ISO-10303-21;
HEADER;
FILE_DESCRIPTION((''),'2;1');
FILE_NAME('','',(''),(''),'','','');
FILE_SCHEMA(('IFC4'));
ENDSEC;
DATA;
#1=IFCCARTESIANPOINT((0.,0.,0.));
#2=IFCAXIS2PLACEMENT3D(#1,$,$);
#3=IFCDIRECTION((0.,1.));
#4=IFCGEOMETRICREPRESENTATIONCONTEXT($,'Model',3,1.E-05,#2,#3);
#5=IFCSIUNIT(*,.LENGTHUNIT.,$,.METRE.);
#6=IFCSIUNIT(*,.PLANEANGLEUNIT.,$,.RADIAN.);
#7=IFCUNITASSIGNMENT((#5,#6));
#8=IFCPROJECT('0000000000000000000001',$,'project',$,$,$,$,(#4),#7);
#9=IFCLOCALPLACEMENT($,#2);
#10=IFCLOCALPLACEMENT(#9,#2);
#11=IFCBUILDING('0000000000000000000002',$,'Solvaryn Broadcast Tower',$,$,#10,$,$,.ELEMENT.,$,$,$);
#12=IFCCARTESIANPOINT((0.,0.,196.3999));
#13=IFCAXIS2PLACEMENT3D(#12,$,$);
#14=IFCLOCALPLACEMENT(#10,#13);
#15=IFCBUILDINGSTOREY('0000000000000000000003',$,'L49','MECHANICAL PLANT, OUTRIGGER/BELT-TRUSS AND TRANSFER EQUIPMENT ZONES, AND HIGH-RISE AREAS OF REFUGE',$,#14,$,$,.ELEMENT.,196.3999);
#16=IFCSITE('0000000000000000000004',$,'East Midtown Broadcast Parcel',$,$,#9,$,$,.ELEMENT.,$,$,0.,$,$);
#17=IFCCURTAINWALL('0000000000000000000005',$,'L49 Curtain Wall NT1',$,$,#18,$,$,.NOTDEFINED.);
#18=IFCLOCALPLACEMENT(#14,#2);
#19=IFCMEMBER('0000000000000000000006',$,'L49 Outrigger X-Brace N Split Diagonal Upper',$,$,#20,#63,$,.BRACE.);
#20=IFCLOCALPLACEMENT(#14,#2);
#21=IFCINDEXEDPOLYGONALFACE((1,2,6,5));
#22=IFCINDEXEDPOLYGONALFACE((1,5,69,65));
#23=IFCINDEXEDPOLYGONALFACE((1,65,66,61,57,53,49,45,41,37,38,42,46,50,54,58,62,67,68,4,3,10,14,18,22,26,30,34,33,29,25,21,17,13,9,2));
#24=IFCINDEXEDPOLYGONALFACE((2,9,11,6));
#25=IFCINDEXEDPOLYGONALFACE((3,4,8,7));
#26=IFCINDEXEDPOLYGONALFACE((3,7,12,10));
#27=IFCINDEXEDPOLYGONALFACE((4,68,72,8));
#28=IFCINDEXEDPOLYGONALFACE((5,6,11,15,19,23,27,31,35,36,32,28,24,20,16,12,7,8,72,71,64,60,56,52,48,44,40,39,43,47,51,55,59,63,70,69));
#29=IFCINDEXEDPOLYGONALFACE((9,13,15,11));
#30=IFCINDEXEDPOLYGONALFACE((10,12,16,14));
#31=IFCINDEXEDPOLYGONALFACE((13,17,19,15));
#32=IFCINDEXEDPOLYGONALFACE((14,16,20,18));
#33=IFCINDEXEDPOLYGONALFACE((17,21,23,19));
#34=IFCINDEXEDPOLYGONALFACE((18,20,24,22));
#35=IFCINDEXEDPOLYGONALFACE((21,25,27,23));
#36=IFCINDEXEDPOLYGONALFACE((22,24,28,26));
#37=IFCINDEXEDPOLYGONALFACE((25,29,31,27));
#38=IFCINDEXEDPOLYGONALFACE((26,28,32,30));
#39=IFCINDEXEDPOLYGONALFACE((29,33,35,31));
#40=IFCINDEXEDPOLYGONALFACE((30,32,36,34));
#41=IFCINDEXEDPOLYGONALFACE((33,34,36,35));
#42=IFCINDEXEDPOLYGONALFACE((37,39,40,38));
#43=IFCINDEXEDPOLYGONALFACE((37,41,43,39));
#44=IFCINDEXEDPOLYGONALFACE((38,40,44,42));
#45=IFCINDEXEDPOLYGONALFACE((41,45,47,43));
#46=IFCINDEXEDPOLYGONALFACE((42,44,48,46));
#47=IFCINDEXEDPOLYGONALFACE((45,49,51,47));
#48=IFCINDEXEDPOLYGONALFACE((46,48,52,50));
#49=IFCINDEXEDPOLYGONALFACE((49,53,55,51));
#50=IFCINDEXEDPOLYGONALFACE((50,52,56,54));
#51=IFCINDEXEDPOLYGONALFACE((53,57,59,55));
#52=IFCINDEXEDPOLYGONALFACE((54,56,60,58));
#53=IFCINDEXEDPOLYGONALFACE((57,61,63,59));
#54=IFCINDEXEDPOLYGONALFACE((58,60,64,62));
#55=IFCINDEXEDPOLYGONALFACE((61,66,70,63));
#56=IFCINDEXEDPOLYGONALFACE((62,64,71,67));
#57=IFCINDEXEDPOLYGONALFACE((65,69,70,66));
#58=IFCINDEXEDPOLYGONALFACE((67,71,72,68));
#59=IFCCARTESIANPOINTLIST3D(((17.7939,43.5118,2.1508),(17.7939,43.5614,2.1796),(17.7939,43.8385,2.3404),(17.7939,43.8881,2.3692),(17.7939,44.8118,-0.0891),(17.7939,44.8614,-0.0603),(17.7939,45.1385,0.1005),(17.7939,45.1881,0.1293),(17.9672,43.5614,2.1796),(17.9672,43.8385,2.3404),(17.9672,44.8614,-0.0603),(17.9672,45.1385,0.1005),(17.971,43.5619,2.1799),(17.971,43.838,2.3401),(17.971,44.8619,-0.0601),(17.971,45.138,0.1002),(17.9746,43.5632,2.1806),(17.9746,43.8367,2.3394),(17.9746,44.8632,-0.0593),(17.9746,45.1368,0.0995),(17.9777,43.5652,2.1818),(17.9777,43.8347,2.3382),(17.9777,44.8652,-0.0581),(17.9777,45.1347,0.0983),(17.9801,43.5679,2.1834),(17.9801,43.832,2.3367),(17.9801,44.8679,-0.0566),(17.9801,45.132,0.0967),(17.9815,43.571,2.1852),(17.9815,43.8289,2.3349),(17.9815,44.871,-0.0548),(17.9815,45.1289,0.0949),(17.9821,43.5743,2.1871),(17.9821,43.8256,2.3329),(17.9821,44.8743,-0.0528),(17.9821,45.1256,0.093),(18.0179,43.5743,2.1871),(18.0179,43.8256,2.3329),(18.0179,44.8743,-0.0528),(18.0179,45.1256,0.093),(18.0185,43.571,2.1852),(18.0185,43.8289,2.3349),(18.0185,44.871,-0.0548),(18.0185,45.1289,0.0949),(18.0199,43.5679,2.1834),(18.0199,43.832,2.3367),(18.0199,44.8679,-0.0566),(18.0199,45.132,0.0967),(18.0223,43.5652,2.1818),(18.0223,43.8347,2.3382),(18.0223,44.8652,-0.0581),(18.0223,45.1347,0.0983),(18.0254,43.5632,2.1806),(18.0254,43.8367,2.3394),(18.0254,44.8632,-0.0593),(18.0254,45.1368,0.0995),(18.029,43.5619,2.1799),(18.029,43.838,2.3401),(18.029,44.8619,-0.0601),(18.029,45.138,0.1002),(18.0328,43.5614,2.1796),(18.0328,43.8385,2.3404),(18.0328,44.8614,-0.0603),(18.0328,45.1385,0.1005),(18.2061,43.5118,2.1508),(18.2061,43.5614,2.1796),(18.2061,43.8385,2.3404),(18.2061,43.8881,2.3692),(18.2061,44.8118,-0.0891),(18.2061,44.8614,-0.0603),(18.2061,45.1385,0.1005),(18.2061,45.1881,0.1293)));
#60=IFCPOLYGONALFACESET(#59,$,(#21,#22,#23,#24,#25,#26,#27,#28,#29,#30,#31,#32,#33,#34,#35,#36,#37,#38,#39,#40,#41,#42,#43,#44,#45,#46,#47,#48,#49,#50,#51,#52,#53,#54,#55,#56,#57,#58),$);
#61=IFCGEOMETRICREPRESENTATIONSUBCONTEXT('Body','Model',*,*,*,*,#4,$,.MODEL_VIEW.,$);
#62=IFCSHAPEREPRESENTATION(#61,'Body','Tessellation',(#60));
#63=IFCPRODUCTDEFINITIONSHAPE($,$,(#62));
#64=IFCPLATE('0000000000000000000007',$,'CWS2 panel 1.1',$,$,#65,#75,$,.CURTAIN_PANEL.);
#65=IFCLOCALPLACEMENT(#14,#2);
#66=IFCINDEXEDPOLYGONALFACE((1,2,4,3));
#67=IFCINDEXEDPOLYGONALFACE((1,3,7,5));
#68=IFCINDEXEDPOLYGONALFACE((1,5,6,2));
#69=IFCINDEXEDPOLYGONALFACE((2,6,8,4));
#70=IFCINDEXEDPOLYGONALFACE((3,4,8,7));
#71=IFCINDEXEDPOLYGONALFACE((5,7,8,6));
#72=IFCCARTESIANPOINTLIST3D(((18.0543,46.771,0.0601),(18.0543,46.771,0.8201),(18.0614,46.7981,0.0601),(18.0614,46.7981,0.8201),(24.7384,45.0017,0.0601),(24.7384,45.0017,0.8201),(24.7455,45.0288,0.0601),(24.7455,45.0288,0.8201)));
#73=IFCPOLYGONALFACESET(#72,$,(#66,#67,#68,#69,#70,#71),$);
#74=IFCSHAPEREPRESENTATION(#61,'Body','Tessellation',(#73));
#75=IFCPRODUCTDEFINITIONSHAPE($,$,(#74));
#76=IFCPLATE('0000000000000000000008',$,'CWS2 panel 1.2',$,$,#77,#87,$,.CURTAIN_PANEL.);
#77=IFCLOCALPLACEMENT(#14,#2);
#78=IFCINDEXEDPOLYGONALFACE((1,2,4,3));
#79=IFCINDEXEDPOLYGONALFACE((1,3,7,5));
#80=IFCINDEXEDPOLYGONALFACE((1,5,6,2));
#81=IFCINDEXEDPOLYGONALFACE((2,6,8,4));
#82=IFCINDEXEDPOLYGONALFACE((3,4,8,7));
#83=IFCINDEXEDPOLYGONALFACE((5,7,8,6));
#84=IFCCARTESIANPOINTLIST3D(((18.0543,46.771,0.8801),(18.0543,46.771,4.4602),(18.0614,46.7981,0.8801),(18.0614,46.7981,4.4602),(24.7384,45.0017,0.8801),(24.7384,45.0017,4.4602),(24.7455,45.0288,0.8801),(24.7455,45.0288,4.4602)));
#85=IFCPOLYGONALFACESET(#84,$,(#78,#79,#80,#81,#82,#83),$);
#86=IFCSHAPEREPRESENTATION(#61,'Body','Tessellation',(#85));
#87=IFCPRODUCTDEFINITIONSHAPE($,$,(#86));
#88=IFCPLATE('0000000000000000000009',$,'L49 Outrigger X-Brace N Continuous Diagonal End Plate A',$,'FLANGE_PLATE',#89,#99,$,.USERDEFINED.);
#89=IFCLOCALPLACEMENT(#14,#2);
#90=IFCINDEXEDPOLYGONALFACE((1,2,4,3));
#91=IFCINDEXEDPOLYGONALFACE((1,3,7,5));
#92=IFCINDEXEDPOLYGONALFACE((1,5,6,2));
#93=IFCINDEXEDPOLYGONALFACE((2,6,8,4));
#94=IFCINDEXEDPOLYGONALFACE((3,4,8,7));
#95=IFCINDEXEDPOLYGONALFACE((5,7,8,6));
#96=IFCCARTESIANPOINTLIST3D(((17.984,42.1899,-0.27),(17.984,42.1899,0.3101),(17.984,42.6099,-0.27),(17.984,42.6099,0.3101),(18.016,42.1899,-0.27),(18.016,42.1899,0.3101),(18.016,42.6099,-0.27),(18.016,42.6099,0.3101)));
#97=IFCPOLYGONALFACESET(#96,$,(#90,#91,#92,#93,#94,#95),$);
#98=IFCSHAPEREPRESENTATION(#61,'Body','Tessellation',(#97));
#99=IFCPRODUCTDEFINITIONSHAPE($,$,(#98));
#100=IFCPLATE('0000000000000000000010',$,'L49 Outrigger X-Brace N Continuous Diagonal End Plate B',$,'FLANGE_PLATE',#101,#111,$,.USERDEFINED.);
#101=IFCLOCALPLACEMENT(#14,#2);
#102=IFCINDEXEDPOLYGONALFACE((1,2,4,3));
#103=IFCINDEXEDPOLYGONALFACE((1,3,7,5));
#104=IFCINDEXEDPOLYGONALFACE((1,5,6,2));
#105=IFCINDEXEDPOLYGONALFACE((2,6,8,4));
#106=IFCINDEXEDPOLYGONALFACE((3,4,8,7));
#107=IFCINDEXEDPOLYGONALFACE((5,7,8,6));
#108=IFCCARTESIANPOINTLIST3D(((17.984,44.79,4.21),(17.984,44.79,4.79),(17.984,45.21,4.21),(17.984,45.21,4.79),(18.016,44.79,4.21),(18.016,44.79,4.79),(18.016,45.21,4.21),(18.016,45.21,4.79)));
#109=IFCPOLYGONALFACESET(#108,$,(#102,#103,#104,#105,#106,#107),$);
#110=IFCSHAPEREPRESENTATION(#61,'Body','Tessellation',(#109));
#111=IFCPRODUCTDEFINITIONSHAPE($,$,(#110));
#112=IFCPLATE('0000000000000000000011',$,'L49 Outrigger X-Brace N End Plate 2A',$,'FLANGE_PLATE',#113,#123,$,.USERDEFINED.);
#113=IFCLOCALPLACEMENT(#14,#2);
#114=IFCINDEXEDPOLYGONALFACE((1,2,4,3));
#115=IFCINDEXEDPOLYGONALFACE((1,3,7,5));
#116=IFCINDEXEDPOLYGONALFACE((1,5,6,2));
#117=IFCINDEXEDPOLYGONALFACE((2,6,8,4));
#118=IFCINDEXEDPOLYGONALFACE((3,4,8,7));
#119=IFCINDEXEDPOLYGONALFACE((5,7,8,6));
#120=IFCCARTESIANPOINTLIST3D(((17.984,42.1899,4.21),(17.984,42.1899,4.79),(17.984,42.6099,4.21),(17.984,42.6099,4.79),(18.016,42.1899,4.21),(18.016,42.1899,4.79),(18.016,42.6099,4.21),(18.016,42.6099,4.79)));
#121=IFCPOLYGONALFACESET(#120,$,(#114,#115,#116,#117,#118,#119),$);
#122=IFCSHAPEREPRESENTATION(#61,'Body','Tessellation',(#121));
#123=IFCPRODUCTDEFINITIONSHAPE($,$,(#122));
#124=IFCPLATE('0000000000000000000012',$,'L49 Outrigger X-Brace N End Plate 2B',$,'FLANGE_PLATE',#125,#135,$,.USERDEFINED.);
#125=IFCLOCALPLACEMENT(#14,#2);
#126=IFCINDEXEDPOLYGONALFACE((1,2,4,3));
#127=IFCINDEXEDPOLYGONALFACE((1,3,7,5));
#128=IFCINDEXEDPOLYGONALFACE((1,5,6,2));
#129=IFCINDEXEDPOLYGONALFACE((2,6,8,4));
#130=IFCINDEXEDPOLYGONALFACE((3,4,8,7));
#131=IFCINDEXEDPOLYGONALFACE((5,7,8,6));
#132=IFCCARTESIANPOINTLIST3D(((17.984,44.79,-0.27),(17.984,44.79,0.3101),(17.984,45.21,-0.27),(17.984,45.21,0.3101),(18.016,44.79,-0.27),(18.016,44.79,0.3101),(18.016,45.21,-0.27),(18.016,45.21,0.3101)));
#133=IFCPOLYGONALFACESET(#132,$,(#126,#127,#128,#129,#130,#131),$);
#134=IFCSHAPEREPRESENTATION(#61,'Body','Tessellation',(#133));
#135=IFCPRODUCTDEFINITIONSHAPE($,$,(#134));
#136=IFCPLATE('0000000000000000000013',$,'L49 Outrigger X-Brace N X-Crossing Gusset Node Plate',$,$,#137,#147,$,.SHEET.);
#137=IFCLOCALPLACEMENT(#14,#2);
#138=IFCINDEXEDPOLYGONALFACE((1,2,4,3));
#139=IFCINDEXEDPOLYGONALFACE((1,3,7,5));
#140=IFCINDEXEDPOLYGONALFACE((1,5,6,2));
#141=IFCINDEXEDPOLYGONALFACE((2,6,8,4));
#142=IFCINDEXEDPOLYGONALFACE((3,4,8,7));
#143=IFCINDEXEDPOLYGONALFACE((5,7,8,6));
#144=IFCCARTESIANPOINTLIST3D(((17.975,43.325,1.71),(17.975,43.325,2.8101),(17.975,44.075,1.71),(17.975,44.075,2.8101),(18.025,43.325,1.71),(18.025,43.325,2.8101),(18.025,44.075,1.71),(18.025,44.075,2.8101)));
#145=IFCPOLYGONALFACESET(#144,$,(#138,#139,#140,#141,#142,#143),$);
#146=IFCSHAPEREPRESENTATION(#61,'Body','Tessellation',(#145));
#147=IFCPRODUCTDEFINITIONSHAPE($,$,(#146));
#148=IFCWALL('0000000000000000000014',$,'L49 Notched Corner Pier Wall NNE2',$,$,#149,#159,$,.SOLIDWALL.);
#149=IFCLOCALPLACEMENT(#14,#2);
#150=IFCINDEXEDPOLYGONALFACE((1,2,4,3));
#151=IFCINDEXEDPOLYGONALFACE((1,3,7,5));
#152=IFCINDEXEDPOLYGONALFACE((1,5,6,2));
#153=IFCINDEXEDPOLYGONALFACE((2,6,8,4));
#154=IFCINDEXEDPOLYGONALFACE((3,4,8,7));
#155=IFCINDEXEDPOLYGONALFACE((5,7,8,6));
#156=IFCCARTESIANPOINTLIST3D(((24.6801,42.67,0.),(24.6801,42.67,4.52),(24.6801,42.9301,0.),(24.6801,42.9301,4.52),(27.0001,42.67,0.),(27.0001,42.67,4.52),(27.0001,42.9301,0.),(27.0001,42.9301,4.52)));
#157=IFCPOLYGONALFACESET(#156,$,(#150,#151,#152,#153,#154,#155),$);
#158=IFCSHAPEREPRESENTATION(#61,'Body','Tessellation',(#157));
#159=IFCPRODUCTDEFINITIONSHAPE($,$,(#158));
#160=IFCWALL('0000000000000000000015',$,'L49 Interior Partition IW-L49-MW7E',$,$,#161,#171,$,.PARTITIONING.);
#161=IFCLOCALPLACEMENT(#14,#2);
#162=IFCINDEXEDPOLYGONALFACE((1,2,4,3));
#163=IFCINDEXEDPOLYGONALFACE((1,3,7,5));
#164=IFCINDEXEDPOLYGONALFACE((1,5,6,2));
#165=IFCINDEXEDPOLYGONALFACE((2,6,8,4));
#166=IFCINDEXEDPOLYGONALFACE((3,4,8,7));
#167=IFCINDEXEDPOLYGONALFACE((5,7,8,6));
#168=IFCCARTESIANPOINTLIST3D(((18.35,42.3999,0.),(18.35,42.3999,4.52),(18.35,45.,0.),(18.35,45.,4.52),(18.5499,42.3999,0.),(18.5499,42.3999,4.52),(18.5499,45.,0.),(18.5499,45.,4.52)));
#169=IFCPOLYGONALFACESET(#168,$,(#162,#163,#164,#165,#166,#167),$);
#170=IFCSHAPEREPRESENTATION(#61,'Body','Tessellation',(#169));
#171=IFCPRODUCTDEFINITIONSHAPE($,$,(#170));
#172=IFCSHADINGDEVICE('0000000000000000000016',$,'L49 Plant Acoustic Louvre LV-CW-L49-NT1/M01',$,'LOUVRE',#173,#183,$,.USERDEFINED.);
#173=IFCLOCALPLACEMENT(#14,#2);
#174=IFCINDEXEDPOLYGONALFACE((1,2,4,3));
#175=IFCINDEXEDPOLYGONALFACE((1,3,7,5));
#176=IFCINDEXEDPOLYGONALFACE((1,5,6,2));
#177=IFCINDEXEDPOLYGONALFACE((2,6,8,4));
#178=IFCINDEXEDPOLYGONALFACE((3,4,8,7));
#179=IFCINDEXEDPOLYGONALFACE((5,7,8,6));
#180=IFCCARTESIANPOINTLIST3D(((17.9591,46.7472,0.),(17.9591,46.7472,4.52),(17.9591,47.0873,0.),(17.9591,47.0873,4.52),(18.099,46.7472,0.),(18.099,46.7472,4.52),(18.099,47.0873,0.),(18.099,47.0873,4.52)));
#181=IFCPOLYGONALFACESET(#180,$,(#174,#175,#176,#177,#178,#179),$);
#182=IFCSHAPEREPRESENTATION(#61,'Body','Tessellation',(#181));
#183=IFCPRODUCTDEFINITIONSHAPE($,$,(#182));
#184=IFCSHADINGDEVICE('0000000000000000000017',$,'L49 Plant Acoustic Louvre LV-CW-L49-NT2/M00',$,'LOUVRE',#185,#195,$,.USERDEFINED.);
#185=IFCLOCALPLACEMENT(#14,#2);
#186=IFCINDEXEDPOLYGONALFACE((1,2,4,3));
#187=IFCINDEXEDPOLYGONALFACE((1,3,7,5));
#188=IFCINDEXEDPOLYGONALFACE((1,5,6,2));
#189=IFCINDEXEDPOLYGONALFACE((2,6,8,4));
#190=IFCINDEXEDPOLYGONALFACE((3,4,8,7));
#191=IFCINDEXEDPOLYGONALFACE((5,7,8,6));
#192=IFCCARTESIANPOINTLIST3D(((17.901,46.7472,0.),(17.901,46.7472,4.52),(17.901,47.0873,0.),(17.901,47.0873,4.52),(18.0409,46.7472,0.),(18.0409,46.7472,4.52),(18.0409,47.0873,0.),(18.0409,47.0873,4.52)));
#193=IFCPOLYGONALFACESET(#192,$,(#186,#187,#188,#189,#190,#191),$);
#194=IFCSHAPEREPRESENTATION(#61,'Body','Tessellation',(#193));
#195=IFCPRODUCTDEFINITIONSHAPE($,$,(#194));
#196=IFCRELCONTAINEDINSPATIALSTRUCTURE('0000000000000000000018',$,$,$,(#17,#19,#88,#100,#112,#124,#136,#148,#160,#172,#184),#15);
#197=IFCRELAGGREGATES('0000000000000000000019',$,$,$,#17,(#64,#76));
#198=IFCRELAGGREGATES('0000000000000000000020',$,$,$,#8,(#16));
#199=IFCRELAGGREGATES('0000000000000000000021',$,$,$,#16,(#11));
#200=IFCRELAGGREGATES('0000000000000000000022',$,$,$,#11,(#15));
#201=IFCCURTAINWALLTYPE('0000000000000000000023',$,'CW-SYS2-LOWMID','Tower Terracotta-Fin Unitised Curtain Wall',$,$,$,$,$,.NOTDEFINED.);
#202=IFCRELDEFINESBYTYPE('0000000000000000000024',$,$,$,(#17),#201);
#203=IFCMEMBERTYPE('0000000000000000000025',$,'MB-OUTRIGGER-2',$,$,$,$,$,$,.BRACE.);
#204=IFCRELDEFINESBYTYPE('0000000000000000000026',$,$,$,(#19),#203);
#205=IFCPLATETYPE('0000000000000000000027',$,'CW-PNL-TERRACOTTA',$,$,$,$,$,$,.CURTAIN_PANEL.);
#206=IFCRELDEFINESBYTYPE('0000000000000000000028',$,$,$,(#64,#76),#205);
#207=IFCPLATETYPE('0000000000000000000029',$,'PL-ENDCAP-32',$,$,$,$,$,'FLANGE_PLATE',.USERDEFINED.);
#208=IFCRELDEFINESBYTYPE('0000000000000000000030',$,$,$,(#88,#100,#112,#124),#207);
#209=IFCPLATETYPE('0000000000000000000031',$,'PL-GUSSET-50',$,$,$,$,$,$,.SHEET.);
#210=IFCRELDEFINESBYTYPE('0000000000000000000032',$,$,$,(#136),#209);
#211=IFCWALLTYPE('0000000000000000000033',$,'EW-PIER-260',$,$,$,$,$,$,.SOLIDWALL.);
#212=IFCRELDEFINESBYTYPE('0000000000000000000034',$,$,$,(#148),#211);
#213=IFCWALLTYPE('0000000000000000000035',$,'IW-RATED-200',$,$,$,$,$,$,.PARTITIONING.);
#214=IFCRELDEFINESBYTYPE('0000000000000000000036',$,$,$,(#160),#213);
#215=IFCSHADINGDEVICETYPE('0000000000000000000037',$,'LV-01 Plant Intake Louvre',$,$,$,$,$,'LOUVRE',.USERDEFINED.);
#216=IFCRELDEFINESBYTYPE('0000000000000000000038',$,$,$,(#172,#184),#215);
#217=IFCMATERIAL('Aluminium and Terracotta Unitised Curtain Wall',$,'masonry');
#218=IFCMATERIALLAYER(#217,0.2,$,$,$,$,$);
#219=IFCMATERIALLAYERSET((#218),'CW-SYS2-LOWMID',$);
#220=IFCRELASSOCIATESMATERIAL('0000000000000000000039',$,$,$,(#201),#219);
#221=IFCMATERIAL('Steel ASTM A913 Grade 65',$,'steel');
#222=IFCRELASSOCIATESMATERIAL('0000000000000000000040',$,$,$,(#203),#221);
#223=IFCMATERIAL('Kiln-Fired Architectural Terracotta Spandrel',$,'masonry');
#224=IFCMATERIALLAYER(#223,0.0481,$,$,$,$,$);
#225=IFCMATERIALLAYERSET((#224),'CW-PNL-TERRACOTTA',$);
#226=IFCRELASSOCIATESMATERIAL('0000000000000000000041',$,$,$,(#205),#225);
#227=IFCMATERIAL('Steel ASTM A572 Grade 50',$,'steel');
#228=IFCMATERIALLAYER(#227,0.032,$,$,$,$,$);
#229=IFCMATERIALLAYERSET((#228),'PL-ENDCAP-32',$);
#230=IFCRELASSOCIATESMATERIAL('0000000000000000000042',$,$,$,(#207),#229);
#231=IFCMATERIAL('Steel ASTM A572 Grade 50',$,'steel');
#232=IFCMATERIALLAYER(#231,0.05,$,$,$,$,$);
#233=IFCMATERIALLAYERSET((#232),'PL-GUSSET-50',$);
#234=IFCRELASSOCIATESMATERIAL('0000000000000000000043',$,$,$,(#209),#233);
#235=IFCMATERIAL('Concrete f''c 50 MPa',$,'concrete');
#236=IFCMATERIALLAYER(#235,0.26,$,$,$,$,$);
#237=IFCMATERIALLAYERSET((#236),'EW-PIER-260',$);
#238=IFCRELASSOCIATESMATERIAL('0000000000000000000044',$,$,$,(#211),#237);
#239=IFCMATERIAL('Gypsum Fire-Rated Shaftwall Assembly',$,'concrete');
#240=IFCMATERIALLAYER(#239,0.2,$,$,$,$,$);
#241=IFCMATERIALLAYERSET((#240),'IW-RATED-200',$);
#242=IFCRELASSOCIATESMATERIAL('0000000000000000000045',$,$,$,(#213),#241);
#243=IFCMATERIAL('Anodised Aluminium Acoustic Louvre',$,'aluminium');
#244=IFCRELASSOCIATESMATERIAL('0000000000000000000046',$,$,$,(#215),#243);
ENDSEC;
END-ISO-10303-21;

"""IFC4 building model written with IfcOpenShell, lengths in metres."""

from ifc_helpers import new_model, si_unit, direction, frame, frame_2d, origin, origin_2d, place, context, subcontext, project, spatial, rectangle, i_section, extrude, material, layer, layer_set, material_profile, profile_set, type_object, element, aggregate, save


model = new_model("IFC4")

# Units and contexts
model_context = context("Model", 3, precision=1e-05, world=origin(), true_north=direction((0.0, 1.0)))
body_context = subcontext(model_context, "Body", "Model", "MODEL_VIEW")
ifc_project = project(units=[si_unit("LENGTHUNIT", "METRE"), si_unit("PLANEANGLEUNIT", "RADIAN")], contexts=[model_context])

# Site, building, storey
site_placement = place(None, origin())
site = spatial("IfcSite", under=ifc_project, at=site_placement, Name="East Midtown Broadcast Parcel", CompositionType="ELEMENT", RefElevation=0.0)
building_placement = place(site_placement, origin())
building = spatial("IfcBuilding", under=site, at=building_placement, Name="Solvaryn Broadcast Tower", CompositionType="ELEMENT")
storey_placement = place(building_placement, frame((0.0, 0.0, 196.3999)))
storey = spatial("IfcBuildingStorey", under=building, at=storey_placement, Name="L49", Description="MECHANICAL PLANT, OUTRIGGER/BELT-TRUSS AND TRANSFER EQUIPMENT ZONES, AND HIGH-RISE AREAS OF REFUGE", CompositionType="ELEMENT", Elevation=196.3999)

# Curtain wall
ifc_material_1 = material(Name="Aluminium and Terracotta Unitised Curtain Wall", Category="masonry")
ifc_layer_1 = layer(ifc_material_1, 0.2)
ifc_layer_set_1 = layer_set([ifc_layer_1], Name="CW-SYS2-LOWMID")
curtain_wall_type = type_object("IfcCurtainWallType", Name="CW-SYS2-LOWMID", Description="Tower Terracotta-Fin Unitised Curtain Wall", PredefinedType="NOTDEFINED", material=ifc_layer_set_1)
curtain_wall_1_placement = place(storey_placement, origin())
curtain_wall_1 = element("IfcCurtainWall", 1, at=curtain_wall_1_placement, inside=storey, type_object=curtain_wall_type, Name="L49 Curtain Wall NT1", PredefinedType="NOTDEFINED")

# Member
ifc_material_2 = material(Name="Steel ASTM A913 Grade 65", Category="steel")
ifc_material_profile_1 = material_profile(ifc_material_2, i_section(OverallWidth=0.4121, OverallDepth=0.4351, WebThickness=0.0359, FlangeThickness=0.0574, FilletRadius=0.0149, at=origin_2d()))
ifc_profile_set_1 = profile_set([ifc_material_profile_1], Name="Steel ASTM A913 Grade 65")
member_type_1 = type_object("IfcMemberType", Name="MB-OUTRIGGER-2", PredefinedType="BRACE", material=ifc_profile_set_1)
for number, where, z_axis, x_axis, name in (
    (2, (18.0, 43.7, 2.26), (0.0, 0.501965, -0.864888), (-1.0, 0.0, 0.0), "L49 Outrigger X-Brace N Split Diagonal Upper"),
):
    element("IfcMember", number, at=place(storey_placement, frame(where, z_axis=z_axis, x_axis=x_axis)), inside=storey, type_object=member_type_1, Name=name, PredefinedType="BRACE", context=body_context, shape_type="SweptSolid", body=[
        extrude(i_section(OverallWidth=0.4121, OverallDepth=0.4351, WebThickness=0.0359, FlangeThickness=0.0574, FilletRadius=0.0149, at=origin_2d()), origin(), (0.0, 0.0, 1.0), 2.5898),
    ])

# Plates
ifc_material_3 = material(Name="Kiln-Fired Architectural Terracotta Spandrel", Category="masonry")
ifc_layer_2 = layer(ifc_material_3, 0.0481)
ifc_layer_set_2 = layer_set([ifc_layer_2], Name="CW-PNL-TERRACOTTA")
plate_type_1 = type_object("IfcPlateType", Name="CW-PNL-TERRACOTTA", PredefinedType="CURTAIN_PANEL", material=ifc_layer_set_2)
plate_1_placement = place(storey_placement, frame((21.3999, 45.8999, 0.0601), z_axis=(0.0, 0.0, 1.0), x_axis=(-0.966705, 0.255893, 0.0)))
plate_1 = element("IfcPlate", 3, at=plate_1_placement, type_object=plate_type_1, Name="CWS2 panel 1.1", PredefinedType="CURTAIN_PANEL", context=body_context, shape_type="SweptSolid", body=[
    extrude(rectangle(XDim=6.9143, YDim=0.0281, at=origin_2d()), origin(), (0.0, 0.0, 1.0), 0.76),
])
plate_2_placement = place(storey_placement, frame((21.3999, 45.8999, 0.8801), z_axis=(0.0, 0.0, 1.0), x_axis=(-0.966705, 0.255893, 0.0)))
plate_2 = element("IfcPlate", 4, at=plate_2_placement, type_object=plate_type_1, Name="CWS2 panel 1.2", PredefinedType="CURTAIN_PANEL", context=body_context, shape_type="SweptSolid", body=[
    extrude(rectangle(XDim=6.9143, YDim=0.0281, at=origin_2d()), origin(), (0.0, 0.0, 1.0), 3.5801),
])
aggregate(curtain_wall_1, [plate_1, plate_2])

# Plates
ifc_material_4 = material(Name="Steel ASTM A572 Grade 50", Category="steel")
ifc_layer_3 = layer(ifc_material_4, 0.032)
ifc_layer_set_3 = layer_set([ifc_layer_3], Name="PL-ENDCAP-32")
plate_type_2 = type_object("IfcPlateType", Name="PL-ENDCAP-32", ElementType="FLANGE_PLATE", PredefinedType="USERDEFINED", material=ifc_layer_set_3)
for number, where, z_axis, x_axis, name in (
    (5, (18.0, 42.3999, -0.27), (0.0, 0.0, 1.0), (1.0, 0.0, 0.0), "L49 Outrigger X-Brace N Continuous Diagonal End Plate A"),
    (6, (18.0, 45.0, 4.21), (0.0, 0.0, 1.0), (1.0, 0.0, 0.0), "L49 Outrigger X-Brace N Continuous Diagonal End Plate B"),
    (7, (18.0, 42.3999, 4.21), (0.0, 0.0, 1.0), (1.0, 0.0, 0.0), "L49 Outrigger X-Brace N End Plate 2A"),
    (8, (18.0, 45.0, -0.27), (0.0, 0.0, 1.0), (1.0, 0.0, 0.0), "L49 Outrigger X-Brace N End Plate 2B"),
):
    element("IfcPlate", number, at=place(storey_placement, frame(where, z_axis=z_axis, x_axis=x_axis)), inside=storey, type_object=plate_type_2, Name=name, ObjectType="FLANGE_PLATE", PredefinedType="USERDEFINED", context=body_context, shape_type="SweptSolid", body=[
        extrude(rectangle(XDim=0.032, YDim=0.4199, at=origin_2d()), origin(), (0.0, 0.0, 1.0), 0.5801),
    ])
ifc_material_5 = material(Name="Steel ASTM A572 Grade 50", Category="steel")
ifc_layer_4 = layer(ifc_material_5, 0.05)
ifc_layer_set_4 = layer_set([ifc_layer_4], Name="PL-GUSSET-50")
plate_type_3 = type_object("IfcPlateType", Name="PL-GUSSET-50", PredefinedType="SHEET", material=ifc_layer_set_4)
plate_3_placement = place(storey_placement, frame((18.0, 43.7, 1.71), z_axis=(0.0, 0.0, 1.0), x_axis=(1.0, 0.0, 0.0)))
element("IfcPlate", 9, at=plate_3_placement, inside=storey, type_object=plate_type_3, Name="L49 Outrigger X-Brace N X-Crossing Gusset Node Plate", PredefinedType="SHEET", context=body_context, shape_type="SweptSolid", body=[
    extrude(rectangle(XDim=0.05, YDim=0.75, at=origin_2d()), origin(), (0.0, 0.0, 1.0), 1.1001),
])

# Walls
ifc_material_6 = material(Name="Concrete f'c 50 MPa", Category="concrete")
ifc_layer_5 = layer(ifc_material_6, 0.26)
ifc_layer_set_5 = layer_set([ifc_layer_5], Name="EW-PIER-260")
wall_type_1 = type_object("IfcWallType", Name="EW-PIER-260", PredefinedType="SOLIDWALL", material=ifc_layer_set_5)
wall_1_placement = place(storey_placement, frame((24.6799, 42.8, 0.0), z_axis=(0.0, 0.0, 1.0), x_axis=(1.0, 0.0, 0.0)))
element("IfcWall", 10, at=wall_1_placement, inside=storey, type_object=wall_type_1, Name="L49 Notched Corner Pier Wall NNE2", PredefinedType="SOLIDWALL", context=body_context, shape_type="SweptSolid", body=[
    extrude(rectangle(XDim=2.3201, YDim=0.26, at=frame_2d((1.1602, 0.0))), origin(), (0.0, 0.0, 1.0), 4.52),
])
ifc_material_7 = material(Name="Gypsum Fire-Rated Shaftwall Assembly", Category="concrete")
ifc_layer_6 = layer(ifc_material_7, 0.2)
ifc_layer_set_6 = layer_set([ifc_layer_6], Name="IW-RATED-200")
wall_type_2 = type_object("IfcWallType", Name="IW-RATED-200", PredefinedType="PARTITIONING", material=ifc_layer_set_6)
wall_2_placement = place(storey_placement, frame((18.45, 42.3999, 0.0), z_axis=(0.0, 0.0, 1.0), x_axis=(0.0, 1.0, 0.0)))
element("IfcWall", 11, at=wall_2_placement, inside=storey, type_object=wall_type_2, Name="L49 Interior Partition IW-L49-MW7E", PredefinedType="PARTITIONING", context=body_context, shape_type="SweptSolid", body=[
    extrude(rectangle(XDim=2.6001, YDim=0.2, at=frame_2d((1.3, 0.0))), origin(), (0.0, 0.0, 1.0), 4.52),
])

# Shading devices
ifc_material_8 = material(Name="Anodised Aluminium Acoustic Louvre", Category="aluminium")
shading_device_type = type_object("IfcShadingDeviceType", Name="LV-01 Plant Intake Louvre", ElementType="LOUVRE", PredefinedType="USERDEFINED", material=ifc_material_8)
for number, where, z_axis, x_axis, name in (
    (12, (18.0291, 46.9172, 0.0), (0.0, 0.0, 1.0), (1.0, 0.0, 0.0), "L49 Plant Acoustic Louvre LV-CW-L49-NT1/M01"),
    (13, (17.9709, 46.9172, 0.0), (0.0, 0.0, 1.0), (1.0, 0.0, 0.0), "L49 Plant Acoustic Louvre LV-CW-L49-NT2/M00"),
):
    element("IfcShadingDevice", number, at=place(storey_placement, frame(where, z_axis=z_axis, x_axis=x_axis)), inside=storey, type_object=shading_device_type, Name=name, ObjectType="LOUVRE", PredefinedType="USERDEFINED", context=body_context, shape_type="SweptSolid", body=[
        extrude(rectangle(XDim=0.1399, YDim=0.3401, at=origin_2d()), origin(), (0.0, 0.0, 1.0), 4.52),
    ])

save(model, "model.ifc")
